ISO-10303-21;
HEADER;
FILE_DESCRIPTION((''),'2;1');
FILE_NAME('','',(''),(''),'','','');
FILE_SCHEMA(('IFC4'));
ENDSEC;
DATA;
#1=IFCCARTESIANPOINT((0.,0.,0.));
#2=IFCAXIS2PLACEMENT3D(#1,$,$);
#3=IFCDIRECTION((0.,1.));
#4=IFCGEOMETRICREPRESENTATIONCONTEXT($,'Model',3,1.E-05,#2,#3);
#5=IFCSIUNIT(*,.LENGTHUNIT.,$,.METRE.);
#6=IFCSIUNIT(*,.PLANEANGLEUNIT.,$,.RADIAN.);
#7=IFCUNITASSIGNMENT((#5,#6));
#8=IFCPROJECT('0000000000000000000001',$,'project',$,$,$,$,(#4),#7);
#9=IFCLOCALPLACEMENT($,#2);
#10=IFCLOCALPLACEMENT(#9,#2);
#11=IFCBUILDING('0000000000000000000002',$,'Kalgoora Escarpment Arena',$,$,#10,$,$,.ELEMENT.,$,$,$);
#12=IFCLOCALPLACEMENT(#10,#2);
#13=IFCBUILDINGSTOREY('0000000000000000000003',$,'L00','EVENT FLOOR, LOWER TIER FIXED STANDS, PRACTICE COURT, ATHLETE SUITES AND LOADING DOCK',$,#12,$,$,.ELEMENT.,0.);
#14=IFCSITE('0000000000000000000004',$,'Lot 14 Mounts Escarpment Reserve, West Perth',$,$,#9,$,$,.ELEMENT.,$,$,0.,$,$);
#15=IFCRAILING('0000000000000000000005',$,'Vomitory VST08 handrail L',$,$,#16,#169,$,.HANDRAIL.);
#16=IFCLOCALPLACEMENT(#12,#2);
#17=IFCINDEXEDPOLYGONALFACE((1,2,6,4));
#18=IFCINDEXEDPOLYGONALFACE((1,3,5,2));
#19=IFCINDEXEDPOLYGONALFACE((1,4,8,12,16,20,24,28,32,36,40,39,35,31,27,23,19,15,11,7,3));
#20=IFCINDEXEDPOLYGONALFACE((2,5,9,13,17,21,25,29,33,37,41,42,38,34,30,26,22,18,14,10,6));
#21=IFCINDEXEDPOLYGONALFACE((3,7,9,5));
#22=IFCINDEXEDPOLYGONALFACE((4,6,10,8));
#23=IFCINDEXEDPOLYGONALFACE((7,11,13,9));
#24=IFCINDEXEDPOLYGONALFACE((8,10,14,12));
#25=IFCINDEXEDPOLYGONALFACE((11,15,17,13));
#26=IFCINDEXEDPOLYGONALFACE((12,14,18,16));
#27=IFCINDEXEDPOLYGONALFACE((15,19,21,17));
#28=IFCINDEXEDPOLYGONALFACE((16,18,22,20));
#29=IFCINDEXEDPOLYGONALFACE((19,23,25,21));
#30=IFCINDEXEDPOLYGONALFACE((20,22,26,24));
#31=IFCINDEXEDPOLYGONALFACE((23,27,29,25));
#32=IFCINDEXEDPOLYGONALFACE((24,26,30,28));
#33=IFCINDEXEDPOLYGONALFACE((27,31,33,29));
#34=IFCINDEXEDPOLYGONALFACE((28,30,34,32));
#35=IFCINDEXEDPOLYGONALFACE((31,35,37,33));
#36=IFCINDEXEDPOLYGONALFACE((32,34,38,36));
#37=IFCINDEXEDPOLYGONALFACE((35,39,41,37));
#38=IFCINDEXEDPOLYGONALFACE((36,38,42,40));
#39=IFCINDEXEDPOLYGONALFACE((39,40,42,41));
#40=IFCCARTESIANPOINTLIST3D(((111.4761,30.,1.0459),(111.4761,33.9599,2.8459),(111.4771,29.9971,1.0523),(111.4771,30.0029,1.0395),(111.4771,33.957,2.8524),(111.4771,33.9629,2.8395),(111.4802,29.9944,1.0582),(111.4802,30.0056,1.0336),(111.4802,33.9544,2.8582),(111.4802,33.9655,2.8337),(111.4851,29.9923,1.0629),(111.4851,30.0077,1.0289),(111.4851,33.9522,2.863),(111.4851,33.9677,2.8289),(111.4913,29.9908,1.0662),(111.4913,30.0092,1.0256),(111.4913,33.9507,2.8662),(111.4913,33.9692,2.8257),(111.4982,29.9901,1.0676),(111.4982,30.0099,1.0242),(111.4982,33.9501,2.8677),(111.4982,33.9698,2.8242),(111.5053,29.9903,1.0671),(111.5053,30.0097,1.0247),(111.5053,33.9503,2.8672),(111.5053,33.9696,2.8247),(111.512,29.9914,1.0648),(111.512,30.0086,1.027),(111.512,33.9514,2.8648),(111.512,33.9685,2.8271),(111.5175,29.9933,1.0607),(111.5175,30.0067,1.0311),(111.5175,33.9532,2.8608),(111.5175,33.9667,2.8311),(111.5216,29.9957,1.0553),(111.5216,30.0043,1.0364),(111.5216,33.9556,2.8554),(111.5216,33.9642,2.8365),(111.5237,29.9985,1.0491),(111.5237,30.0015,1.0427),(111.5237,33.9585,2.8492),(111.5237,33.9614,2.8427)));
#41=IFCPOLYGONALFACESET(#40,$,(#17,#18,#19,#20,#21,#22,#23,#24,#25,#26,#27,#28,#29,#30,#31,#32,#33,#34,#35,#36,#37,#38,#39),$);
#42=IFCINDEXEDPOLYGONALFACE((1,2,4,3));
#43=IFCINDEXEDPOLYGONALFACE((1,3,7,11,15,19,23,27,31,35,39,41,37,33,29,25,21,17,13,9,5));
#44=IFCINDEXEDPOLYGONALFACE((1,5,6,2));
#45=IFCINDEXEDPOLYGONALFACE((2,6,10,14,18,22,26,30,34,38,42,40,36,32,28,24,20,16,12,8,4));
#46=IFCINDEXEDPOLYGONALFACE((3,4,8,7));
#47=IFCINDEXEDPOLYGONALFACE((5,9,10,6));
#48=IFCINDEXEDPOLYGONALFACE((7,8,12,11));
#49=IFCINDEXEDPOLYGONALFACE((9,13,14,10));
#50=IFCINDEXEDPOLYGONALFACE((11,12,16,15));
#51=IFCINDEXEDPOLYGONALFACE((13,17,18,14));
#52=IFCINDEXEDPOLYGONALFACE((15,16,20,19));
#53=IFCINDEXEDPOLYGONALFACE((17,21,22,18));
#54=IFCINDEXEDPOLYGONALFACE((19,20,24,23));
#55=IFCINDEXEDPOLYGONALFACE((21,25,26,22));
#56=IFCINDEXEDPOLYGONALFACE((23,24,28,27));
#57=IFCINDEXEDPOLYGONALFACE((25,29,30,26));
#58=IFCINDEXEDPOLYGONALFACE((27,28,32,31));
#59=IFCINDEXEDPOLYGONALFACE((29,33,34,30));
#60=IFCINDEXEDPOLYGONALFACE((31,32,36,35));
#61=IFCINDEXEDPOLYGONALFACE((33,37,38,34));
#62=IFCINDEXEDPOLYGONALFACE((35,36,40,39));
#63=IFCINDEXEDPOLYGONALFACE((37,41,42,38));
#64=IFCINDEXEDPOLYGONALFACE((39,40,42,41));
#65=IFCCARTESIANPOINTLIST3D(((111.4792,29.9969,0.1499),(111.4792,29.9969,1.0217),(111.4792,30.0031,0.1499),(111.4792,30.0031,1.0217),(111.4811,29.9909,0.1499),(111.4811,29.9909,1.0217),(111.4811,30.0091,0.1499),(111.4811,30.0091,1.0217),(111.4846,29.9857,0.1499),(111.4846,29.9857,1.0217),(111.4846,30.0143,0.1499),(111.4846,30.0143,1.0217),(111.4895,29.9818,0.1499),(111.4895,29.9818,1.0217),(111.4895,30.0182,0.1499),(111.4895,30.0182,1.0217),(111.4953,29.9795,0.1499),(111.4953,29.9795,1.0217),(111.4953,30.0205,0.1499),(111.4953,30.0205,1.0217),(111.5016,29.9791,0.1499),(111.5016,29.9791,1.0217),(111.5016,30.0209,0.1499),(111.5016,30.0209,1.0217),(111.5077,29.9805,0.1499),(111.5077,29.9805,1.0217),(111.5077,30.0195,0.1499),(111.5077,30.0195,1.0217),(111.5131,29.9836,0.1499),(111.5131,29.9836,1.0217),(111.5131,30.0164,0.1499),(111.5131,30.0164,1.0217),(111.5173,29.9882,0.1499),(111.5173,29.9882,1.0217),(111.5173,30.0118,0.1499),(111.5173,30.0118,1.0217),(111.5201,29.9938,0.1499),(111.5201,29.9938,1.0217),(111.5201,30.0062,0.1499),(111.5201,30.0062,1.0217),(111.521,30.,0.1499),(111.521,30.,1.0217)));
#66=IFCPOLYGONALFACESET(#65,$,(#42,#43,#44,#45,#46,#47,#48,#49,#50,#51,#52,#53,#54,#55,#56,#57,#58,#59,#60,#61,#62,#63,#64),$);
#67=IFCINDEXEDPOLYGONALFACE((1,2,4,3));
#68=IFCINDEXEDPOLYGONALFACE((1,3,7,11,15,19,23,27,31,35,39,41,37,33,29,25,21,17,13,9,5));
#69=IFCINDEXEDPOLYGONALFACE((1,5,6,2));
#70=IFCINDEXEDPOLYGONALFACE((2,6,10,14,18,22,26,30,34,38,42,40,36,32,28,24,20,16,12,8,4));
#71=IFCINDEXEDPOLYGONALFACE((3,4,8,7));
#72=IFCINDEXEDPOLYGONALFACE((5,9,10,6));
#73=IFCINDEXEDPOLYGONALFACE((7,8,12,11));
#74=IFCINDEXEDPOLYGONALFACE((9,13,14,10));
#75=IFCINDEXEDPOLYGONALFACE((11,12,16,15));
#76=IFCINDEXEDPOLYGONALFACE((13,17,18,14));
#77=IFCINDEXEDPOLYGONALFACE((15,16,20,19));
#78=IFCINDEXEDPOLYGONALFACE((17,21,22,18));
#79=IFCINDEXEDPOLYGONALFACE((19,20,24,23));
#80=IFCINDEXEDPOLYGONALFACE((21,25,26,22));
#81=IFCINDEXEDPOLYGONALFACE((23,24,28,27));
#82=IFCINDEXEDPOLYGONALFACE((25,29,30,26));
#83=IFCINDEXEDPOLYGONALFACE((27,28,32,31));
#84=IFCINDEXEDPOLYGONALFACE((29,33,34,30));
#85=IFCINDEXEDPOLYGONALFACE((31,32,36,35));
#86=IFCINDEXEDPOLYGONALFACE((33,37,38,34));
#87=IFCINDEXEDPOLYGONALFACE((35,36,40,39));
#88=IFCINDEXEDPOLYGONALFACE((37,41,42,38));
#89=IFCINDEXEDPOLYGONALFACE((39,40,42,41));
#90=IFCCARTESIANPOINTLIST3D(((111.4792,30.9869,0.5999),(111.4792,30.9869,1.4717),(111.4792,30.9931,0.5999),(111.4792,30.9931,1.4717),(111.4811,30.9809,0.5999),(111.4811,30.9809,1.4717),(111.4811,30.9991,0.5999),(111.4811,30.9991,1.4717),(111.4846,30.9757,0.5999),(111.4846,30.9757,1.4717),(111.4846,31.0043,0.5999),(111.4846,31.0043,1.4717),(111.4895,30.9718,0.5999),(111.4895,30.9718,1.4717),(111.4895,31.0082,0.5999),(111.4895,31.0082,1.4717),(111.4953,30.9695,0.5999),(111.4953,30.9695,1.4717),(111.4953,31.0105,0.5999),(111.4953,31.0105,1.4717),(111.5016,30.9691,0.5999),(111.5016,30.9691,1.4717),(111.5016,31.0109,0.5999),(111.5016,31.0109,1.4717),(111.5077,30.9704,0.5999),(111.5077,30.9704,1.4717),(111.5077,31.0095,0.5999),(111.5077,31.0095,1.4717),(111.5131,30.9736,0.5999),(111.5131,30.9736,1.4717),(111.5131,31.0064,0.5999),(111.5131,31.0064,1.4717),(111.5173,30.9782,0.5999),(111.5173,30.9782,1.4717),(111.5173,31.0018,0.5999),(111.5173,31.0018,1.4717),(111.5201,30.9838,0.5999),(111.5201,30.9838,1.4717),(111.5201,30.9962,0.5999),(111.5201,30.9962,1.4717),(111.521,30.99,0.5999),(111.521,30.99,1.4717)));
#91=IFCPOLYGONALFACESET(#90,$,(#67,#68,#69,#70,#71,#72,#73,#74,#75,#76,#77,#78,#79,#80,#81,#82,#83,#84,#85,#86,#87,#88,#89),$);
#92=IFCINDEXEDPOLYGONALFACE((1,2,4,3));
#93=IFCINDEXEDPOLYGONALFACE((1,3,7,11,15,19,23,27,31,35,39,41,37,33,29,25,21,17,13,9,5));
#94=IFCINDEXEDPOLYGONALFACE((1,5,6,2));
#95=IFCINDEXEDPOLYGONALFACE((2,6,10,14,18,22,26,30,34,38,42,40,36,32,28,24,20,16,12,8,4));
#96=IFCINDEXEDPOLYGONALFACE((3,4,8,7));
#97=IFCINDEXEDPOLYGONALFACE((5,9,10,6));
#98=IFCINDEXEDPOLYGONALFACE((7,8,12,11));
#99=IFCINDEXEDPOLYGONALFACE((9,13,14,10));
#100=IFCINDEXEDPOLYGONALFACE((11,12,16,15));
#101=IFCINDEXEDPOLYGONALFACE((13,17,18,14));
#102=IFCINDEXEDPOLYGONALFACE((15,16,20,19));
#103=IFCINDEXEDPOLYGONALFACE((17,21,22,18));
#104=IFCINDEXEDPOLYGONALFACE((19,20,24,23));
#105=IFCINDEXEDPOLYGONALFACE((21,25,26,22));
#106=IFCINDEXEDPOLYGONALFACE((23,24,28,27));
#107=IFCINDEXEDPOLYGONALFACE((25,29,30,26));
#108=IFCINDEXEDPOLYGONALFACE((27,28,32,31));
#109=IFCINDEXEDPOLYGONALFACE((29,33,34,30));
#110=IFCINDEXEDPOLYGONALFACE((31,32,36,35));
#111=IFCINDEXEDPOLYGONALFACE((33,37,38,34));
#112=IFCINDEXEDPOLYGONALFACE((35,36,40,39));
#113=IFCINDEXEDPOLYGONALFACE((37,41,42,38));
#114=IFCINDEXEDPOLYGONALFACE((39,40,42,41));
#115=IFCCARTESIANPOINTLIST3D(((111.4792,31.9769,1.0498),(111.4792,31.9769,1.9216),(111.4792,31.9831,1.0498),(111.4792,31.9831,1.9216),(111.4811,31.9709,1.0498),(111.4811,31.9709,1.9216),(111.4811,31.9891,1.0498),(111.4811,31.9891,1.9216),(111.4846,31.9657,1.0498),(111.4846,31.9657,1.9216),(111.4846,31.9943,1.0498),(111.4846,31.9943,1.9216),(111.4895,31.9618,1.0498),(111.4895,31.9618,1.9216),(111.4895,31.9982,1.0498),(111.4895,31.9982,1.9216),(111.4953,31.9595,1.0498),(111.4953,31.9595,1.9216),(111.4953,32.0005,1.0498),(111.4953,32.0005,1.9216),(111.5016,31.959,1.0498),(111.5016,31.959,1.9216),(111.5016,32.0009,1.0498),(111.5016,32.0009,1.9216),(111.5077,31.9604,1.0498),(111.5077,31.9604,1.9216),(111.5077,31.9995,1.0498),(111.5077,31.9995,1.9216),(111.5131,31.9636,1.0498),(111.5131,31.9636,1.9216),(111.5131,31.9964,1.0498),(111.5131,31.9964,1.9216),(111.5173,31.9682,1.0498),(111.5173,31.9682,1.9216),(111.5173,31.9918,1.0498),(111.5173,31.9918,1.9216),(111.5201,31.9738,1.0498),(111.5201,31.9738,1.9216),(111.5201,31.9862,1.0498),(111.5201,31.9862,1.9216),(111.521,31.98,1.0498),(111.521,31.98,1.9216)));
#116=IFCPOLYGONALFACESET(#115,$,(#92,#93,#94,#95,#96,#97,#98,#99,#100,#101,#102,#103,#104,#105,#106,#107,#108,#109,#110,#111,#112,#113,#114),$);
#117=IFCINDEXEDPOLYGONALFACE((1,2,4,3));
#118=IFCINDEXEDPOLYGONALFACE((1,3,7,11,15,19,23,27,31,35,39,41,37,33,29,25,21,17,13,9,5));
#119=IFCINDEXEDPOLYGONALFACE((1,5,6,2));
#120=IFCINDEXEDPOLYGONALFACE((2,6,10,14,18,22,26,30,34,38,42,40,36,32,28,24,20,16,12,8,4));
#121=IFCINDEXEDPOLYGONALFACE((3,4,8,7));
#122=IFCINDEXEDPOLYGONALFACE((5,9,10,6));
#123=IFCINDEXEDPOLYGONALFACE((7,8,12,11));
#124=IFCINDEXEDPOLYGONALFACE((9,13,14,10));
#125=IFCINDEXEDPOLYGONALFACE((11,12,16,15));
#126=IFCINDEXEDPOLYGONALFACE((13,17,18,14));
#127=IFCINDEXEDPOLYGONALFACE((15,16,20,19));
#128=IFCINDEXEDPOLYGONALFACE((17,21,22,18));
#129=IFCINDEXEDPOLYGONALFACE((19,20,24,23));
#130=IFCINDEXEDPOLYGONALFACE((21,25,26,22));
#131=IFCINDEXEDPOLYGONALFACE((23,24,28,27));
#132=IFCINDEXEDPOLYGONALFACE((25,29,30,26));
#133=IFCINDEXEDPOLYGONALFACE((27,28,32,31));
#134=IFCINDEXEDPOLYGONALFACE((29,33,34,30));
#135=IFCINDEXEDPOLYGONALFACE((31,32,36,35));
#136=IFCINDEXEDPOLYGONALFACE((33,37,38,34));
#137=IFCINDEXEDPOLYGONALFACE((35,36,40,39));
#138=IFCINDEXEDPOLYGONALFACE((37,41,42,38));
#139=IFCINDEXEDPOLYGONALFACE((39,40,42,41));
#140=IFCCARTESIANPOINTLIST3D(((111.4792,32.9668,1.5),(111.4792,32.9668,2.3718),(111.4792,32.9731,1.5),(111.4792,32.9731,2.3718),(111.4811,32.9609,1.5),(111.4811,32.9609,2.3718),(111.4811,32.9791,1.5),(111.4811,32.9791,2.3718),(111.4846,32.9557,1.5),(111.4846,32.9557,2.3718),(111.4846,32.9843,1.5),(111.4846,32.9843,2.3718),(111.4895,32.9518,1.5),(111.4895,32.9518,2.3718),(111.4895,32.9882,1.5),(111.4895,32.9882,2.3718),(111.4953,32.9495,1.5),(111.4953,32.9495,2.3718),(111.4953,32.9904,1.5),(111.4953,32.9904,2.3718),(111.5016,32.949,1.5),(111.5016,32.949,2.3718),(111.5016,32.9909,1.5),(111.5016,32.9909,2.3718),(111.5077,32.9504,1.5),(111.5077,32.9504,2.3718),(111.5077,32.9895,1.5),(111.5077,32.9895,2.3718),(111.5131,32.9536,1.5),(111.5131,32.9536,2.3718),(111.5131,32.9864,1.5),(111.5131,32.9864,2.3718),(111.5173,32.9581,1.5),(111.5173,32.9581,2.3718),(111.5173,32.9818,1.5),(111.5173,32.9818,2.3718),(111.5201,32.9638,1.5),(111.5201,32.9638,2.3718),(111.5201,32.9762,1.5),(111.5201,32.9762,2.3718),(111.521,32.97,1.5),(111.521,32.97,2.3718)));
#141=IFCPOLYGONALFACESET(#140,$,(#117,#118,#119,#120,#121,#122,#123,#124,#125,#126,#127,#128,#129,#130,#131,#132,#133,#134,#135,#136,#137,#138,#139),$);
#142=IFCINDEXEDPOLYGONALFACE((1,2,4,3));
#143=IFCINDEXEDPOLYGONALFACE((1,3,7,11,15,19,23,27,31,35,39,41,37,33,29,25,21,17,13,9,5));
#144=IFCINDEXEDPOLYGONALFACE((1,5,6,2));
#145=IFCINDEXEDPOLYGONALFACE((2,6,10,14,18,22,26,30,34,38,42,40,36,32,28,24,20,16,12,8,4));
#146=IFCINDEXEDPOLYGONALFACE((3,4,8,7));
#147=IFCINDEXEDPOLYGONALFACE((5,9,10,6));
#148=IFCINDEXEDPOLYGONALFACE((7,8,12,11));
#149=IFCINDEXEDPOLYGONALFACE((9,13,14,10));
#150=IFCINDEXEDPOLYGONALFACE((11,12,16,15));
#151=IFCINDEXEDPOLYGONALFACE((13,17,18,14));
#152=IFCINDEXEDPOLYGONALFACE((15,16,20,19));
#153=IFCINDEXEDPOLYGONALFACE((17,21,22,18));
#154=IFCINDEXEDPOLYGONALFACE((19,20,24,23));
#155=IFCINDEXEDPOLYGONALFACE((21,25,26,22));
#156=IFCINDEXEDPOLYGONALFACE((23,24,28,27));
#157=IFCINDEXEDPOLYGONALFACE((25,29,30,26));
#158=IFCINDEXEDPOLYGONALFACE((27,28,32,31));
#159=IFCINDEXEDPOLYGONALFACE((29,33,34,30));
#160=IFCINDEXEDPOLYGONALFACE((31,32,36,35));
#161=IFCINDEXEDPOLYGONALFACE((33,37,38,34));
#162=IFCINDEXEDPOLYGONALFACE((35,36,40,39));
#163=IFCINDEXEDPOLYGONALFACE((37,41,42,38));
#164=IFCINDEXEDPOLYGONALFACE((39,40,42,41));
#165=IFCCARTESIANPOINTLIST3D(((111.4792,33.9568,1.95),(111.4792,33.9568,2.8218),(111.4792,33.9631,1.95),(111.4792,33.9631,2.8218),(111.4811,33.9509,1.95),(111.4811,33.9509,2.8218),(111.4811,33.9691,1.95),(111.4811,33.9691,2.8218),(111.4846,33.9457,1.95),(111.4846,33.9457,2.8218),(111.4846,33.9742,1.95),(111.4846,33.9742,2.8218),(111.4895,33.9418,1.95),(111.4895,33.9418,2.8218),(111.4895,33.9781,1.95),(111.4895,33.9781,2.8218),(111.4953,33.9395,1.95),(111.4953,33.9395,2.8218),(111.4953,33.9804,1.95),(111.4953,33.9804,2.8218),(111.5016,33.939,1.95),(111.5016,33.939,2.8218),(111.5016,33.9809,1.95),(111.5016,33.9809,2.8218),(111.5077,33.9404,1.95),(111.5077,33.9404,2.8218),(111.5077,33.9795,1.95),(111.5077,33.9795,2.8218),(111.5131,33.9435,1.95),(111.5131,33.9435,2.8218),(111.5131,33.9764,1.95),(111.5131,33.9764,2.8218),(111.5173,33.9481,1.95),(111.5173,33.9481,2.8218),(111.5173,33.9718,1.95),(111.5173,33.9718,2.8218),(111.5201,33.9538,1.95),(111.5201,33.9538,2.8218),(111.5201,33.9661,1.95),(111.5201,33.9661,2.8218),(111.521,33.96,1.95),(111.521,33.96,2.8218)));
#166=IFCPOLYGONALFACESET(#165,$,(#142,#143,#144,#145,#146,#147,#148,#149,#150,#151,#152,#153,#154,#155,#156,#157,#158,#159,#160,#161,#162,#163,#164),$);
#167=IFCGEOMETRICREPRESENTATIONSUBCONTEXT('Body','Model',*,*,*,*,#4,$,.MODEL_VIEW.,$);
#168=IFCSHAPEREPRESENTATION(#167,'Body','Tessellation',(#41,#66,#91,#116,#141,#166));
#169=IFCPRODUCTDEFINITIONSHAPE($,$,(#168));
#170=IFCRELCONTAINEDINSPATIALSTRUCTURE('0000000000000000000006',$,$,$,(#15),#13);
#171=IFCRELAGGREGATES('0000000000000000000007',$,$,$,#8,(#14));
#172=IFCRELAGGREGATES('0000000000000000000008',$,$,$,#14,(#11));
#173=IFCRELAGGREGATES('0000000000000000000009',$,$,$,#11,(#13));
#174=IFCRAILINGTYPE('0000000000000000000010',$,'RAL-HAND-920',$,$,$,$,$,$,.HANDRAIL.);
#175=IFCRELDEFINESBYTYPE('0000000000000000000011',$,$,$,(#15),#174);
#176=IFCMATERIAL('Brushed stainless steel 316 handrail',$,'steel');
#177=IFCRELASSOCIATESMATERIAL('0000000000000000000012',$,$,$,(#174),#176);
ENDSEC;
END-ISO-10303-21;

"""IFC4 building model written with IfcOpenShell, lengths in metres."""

from ifc_helpers import new_model, si_unit, direction, frame, origin, origin_2d, place, context, subcontext, project, spatial, circle, extrude, material, type_object, element, save


model = new_model("IFC4")

# Units and contexts
model_context = context("Model", 3, precision=1e-05, world=origin(), true_north=direction((0.0, 1.0)))
body_context = subcontext(model_context, "Body", "Model", "MODEL_VIEW")
ifc_project = project(units=[si_unit("LENGTHUNIT", "METRE"), si_unit("PLANEANGLEUNIT", "RADIAN")], contexts=[model_context])

# Site, building, storey
site_placement = place(None, origin())
site = spatial("IfcSite", under=ifc_project, at=site_placement, Name="Lot 14 Mounts Escarpment Reserve, West Perth", CompositionType="ELEMENT", RefElevation=0.0)
building_placement = place(site_placement, origin())
building = spatial("IfcBuilding", under=site, at=building_placement, Name="Kalgoora Escarpment Arena", CompositionType="ELEMENT")
storey_placement = place(building_placement, origin())
storey = spatial("IfcBuildingStorey", under=building, at=storey_placement, Name="L00", Description="EVENT FLOOR, LOWER TIER FIXED STANDS, PRACTICE COURT, ATHLETE SUITES AND LOADING DOCK", CompositionType="ELEMENT", Elevation=0.0)

# Railing
ifc_material_1 = material(Name="Brushed stainless steel 316 handrail", Category="steel")
railing_type_1 = type_object("IfcRailingType", Name="RAL-HAND-920", PredefinedType="HANDRAIL", material=ifc_material_1)
for number, where, name in (
    (1, (111.5, 30.0, 0.1499), "Vomitory VST08 handrail L"),
):
    element("IfcRailing", number, at=place(storey_placement, frame(where)), inside=storey, type_object=railing_type_1, Name=name, PredefinedType="HANDRAIL", context=body_context, shape_type="SweptSolid", body=[
        extrude(circle(Radius=0.0239, at=origin_2d()), frame((0.0, 0.0, 0.896), z_axis=(0.0, 0.910361, 0.413816), x_axis=(-1.0, 0.0, 0.0)), (0.0, 0.0, 1.0), 4.3499),
        extrude(circle(Radius=0.021, at=origin_2d()), origin(), (0.0, 0.0, 1.0), 0.8718),
        extrude(circle(Radius=0.021, at=origin_2d()), frame((0.0, 0.99, 0.45)), (0.0, 0.0, 1.0), 0.8718),
        extrude(circle(Radius=0.021, at=origin_2d()), frame((0.0, 1.98, 0.8999)), (0.0, 0.0, 1.0), 0.8718),
        extrude(circle(Radius=0.021, at=origin_2d()), frame((0.0, 2.97, 1.3501)), (0.0, 0.0, 1.0), 0.8718),
        extrude(circle(Radius=0.021, at=origin_2d()), frame((0.0, 3.96, 1.8)), (0.0, 0.0, 1.0), 0.8718),
    ])

save(model, "model.ifc")
